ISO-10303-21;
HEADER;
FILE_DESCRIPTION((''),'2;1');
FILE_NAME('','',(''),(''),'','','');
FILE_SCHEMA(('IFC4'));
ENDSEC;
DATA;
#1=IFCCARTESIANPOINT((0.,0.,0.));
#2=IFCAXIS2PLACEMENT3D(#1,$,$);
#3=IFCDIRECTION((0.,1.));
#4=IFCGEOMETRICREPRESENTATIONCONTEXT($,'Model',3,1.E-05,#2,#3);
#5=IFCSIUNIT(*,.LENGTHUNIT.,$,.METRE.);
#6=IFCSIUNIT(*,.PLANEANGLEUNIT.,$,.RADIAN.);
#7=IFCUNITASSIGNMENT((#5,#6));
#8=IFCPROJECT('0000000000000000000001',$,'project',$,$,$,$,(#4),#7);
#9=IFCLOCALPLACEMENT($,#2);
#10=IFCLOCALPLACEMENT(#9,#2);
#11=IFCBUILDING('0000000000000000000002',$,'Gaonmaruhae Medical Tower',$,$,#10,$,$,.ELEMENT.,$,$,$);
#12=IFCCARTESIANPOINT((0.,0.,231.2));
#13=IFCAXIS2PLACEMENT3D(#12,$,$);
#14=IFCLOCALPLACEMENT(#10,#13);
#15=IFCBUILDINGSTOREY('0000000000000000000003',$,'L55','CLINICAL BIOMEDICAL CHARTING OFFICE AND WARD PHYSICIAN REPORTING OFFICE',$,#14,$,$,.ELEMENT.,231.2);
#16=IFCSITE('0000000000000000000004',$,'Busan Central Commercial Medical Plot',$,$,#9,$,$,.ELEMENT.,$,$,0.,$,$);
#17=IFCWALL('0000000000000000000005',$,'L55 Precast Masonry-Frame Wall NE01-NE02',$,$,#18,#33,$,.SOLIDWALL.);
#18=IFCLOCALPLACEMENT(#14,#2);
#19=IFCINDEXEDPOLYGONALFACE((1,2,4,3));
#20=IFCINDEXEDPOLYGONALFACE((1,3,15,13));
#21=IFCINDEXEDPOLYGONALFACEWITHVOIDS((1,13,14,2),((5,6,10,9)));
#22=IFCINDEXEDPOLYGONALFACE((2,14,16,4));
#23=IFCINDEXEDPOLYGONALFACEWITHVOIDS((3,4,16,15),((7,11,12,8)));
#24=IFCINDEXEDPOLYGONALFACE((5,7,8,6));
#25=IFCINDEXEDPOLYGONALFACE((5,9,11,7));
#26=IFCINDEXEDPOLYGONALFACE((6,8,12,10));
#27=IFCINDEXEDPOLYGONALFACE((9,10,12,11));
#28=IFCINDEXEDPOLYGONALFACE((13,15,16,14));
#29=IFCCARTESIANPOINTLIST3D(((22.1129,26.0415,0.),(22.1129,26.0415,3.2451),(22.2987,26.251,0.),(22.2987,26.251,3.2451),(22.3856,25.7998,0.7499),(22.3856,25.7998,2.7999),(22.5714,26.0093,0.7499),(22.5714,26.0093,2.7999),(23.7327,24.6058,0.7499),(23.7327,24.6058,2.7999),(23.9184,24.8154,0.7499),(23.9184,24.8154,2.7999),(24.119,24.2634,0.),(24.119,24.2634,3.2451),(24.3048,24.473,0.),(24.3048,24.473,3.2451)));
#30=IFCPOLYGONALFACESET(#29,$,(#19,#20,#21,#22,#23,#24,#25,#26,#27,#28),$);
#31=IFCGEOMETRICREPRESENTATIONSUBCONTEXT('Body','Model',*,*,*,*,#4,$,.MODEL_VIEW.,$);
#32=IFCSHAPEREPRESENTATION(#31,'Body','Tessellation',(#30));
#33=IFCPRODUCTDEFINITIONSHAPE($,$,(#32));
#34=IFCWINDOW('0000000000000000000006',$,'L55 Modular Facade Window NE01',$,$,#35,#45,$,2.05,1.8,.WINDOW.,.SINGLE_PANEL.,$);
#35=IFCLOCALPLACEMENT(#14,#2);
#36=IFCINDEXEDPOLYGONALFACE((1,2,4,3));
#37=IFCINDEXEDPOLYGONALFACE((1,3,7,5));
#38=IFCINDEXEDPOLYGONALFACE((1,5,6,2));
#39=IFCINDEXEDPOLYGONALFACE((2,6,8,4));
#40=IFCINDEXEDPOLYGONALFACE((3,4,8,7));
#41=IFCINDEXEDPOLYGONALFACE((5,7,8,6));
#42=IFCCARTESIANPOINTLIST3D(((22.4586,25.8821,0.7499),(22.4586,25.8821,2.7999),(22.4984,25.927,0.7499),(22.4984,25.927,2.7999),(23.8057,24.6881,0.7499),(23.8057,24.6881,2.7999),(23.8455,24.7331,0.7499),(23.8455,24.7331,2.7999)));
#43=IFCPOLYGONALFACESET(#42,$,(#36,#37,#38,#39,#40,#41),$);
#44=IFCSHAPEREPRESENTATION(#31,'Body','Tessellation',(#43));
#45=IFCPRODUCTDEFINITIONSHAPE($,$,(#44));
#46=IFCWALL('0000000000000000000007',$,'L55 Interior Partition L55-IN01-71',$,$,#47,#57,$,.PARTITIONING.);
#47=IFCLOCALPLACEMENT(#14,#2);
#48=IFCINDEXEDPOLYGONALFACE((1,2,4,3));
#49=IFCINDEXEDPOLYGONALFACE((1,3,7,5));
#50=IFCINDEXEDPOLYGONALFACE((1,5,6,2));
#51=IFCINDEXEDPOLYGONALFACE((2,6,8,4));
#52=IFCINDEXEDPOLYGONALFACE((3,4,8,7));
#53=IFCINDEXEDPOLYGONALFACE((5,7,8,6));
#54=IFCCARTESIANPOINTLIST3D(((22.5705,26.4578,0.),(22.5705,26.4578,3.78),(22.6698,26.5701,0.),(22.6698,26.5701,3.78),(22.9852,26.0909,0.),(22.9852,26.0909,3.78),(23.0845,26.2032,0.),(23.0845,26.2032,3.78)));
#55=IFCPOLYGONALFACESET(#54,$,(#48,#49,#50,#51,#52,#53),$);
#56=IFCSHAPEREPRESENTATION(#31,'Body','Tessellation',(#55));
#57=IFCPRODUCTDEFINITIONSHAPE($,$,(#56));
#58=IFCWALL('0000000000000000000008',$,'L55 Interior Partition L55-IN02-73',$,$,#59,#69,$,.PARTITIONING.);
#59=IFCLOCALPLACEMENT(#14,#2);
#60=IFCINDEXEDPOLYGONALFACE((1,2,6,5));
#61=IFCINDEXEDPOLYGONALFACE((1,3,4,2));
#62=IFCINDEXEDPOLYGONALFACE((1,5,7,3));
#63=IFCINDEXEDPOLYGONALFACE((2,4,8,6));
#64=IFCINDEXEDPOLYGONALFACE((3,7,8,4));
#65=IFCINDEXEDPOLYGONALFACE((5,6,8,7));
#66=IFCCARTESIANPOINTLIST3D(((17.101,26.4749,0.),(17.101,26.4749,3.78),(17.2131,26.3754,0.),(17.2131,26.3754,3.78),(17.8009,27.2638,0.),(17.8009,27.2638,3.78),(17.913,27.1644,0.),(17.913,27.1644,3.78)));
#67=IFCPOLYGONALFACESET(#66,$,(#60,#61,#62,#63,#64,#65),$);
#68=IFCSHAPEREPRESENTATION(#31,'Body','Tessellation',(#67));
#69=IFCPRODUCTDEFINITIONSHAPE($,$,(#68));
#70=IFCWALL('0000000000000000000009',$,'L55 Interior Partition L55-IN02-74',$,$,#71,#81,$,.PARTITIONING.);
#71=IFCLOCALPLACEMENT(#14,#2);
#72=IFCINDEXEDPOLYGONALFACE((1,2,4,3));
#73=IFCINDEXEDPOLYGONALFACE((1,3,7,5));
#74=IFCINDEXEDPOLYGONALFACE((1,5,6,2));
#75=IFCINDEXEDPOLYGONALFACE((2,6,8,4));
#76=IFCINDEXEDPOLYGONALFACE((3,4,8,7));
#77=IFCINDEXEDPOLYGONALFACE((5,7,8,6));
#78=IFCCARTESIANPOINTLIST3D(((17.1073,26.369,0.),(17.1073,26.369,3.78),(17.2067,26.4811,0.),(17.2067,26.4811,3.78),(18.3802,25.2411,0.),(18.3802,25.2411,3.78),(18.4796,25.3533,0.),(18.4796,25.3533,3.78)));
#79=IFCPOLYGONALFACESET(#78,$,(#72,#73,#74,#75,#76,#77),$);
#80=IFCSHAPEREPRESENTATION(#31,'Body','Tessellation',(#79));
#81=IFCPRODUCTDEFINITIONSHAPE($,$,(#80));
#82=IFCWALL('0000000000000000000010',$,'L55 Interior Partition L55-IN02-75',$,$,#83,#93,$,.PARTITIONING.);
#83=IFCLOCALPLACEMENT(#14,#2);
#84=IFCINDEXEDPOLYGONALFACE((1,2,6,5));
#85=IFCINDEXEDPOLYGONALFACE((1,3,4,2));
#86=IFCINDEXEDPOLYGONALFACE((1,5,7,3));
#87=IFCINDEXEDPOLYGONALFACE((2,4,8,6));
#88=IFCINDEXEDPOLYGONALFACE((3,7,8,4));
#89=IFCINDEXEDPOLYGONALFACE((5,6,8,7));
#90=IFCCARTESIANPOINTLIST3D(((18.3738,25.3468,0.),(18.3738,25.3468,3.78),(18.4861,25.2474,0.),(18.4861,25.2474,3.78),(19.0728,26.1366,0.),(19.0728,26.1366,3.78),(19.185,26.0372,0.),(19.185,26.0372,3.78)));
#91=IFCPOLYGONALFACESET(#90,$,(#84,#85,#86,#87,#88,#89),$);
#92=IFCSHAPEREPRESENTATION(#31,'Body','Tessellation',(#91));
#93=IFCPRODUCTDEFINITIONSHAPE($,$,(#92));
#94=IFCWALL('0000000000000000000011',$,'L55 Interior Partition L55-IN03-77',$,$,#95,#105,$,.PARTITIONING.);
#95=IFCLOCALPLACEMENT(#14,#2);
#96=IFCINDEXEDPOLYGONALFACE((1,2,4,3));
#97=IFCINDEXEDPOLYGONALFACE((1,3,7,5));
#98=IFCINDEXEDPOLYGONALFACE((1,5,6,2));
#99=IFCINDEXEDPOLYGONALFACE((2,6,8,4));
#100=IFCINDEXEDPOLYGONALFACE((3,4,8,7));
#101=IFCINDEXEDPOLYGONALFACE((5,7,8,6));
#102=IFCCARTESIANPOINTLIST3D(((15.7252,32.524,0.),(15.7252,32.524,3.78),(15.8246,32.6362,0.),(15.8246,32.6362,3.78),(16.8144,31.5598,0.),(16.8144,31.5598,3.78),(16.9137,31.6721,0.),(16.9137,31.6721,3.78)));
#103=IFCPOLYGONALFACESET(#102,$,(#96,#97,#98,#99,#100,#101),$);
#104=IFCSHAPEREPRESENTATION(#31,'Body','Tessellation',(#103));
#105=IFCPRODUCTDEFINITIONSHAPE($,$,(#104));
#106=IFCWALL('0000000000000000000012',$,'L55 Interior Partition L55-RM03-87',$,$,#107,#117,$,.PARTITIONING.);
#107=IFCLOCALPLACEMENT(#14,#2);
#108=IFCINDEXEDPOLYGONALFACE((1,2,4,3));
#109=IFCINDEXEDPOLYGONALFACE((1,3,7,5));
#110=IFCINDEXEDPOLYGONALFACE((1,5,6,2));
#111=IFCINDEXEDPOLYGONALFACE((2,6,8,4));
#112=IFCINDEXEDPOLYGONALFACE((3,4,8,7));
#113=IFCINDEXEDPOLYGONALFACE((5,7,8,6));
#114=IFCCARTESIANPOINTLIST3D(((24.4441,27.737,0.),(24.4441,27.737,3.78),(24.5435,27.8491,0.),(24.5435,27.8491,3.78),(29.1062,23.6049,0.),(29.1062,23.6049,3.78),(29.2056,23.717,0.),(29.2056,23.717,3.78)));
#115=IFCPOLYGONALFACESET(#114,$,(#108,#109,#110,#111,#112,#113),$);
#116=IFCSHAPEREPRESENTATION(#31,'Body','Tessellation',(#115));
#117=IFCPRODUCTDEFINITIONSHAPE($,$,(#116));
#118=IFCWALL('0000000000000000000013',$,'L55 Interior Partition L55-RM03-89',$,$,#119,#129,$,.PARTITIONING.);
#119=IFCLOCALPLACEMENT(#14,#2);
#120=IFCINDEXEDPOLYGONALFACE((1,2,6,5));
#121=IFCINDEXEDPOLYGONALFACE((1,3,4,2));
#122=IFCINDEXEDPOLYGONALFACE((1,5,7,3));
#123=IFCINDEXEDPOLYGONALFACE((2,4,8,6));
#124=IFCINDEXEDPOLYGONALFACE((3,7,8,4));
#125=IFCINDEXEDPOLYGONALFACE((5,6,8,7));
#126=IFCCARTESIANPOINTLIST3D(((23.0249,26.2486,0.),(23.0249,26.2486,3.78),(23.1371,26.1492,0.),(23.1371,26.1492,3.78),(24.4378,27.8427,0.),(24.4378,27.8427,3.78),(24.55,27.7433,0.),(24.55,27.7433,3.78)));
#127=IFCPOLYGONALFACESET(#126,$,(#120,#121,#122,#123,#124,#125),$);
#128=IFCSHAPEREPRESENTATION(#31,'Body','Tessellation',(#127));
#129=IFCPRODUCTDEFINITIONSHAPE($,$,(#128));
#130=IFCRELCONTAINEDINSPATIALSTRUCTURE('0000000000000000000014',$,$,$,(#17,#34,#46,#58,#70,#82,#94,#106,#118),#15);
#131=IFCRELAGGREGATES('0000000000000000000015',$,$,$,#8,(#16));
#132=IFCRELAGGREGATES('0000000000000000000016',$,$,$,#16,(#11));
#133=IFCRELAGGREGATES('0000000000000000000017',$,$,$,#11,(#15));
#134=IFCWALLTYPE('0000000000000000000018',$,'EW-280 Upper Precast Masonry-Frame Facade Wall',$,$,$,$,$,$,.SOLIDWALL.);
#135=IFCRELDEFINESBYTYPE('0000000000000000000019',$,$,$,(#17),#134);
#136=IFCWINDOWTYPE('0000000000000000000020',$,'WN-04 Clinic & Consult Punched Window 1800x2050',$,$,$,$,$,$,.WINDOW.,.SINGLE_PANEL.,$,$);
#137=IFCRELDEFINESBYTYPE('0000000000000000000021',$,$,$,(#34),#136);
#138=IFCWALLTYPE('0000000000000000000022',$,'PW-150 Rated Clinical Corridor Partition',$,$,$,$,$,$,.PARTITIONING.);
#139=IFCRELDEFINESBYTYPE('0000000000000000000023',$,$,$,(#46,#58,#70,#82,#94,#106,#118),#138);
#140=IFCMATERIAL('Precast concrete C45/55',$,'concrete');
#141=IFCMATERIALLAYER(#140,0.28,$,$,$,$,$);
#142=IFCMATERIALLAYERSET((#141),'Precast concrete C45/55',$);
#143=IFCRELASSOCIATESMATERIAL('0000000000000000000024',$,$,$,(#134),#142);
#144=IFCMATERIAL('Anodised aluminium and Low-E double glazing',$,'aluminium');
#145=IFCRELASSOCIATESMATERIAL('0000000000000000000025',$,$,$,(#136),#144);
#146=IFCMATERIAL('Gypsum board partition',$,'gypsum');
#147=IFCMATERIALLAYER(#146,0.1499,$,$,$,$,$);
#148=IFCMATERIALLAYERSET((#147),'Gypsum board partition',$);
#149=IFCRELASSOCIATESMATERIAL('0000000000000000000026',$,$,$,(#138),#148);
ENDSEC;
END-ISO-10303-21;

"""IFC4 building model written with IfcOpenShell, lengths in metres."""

from ifc_helpers import new_model, si_unit, direction, frame, frame_2d, origin, place, context, subcontext, project, spatial, rectangle, extrude, material, layer, layer_set, type_object, element, fill, save


model = new_model("IFC4")

# Units and contexts
model_context = context("Model", 3, precision=1e-05, world=origin(), true_north=direction((0.0, 1.0)))
body_context = subcontext(model_context, "Body", "Model", "MODEL_VIEW")
ifc_project = project(units=[si_unit("LENGTHUNIT", "METRE"), si_unit("PLANEANGLEUNIT", "RADIAN")], contexts=[model_context])

# Site, building, storey
site_placement = place(None, origin())
site = spatial("IfcSite", under=ifc_project, at=site_placement, Name="Busan Central Commercial Medical Plot", CompositionType="ELEMENT", RefElevation=0.0)
building_placement = place(site_placement, origin())
building = spatial("IfcBuilding", under=site, at=building_placement, Name="Gaonmaruhae Medical Tower", CompositionType="ELEMENT")
storey_placement = place(building_placement, frame((0.0, 0.0, 231.2)))
storey = spatial("IfcBuildingStorey", under=building, at=storey_placement, Name="L55", Description="CLINICAL BIOMEDICAL CHARTING OFFICE AND WARD PHYSICIAN REPORTING OFFICE", CompositionType="ELEMENT", Elevation=231.2)

# Shared definitions
ifc_material_1 = material(Name="Precast concrete C45/55", Category="concrete")

# Wall, opening, window
ifc_layer_1 = layer(ifc_material_1, 0.28)
ifc_layer_set_1 = layer_set([ifc_layer_1], Name="Precast concrete C45/55")
wall_type_1 = type_object("IfcWallType", Name="EW-280 Upper Precast Masonry-Frame Facade Wall", PredefinedType="SOLIDWALL", material=ifc_layer_set_1)
wall_1_placement = place(storey_placement, frame((22.2058, 26.1462, 0.0), z_axis=(0.0, 0.0, 1.0), x_axis=(0.748358, -0.663295, 0.0)))
wall_1 = element("IfcWall", 1, at=wall_1_placement, inside=storey, type_object=wall_type_1, Name="L55 Precast Masonry-Frame Wall NE01-NE02", PredefinedType="SOLIDWALL", context=body_context, shape_type="SweptSolid", body=[
    extrude(rectangle(XDim=2.6807, YDim=0.28, at=frame_2d((1.3403, 0.0))), origin(), (0.0, 0.0, 1.0), 3.2451),
])
opening_1_placement = place(wall_1_placement, frame((0.3645, 0.0, 0.75)))
opening_1 = element("IfcOpeningElement", 2, at=opening_1_placement, cuts=wall_1, PredefinedType="OPENING", context=body_context, shape_type="SweptSolid", body=[
    extrude(rectangle(XDim=1.8, YDim=2.05, at=frame_2d((0.8999, 1.0249))), frame((0.0, 0.1499, 0.0), z_axis=(0.0, -1.0, 0.0), x_axis=(1.0, 0.0, 0.0)), (0.0, 0.0, 1.0), 0.3),
])
ifc_material_2 = material(Name="Anodised aluminium and Low-E double glazing", Category="aluminium")
window_type = type_object("IfcWindowType", Name="WN-04 Clinic & Consult Punched Window 1800x2050", PartitioningType="SINGLE_PANEL", PredefinedType="WINDOW", material=ifc_material_2)
window_placement = place(opening_1_placement, origin())
window = element("IfcWindow", 3, at=window_placement, inside=storey, type_object=window_type, Name="L55 Modular Facade Window NE01", OverallHeight=2.05, OverallWidth=1.8, PartitioningType="SINGLE_PANEL", PredefinedType="WINDOW", context=body_context, shape_type="SweptSolid", body=[
    extrude(rectangle(XDim=1.8, YDim=2.05, at=frame_2d((0.8999, 1.0249))), frame((0.0, 0.03, 0.0), z_axis=(0.0, -1.0, 0.0), x_axis=(1.0, 0.0, 0.0)), (0.0, 0.0, 1.0), 0.0601),
])
fill(opening_1, window)

# Walls
ifc_material_3 = material(Name="Gypsum board partition", Category="gypsum")
ifc_layer_2 = layer(ifc_material_3, 0.1499)
ifc_layer_set_2 = layer_set([ifc_layer_2], Name="Gypsum board partition")
wall_type_2 = type_object("IfcWallType", Name="PW-150 Rated Clinical Corridor Partition", PredefinedType="PARTITIONING", material=ifc_layer_set_2)
wall_2_placement = place(storey_placement, frame((22.6201, 26.5139, 0.0), z_axis=(0.0, 0.0, 1.0), x_axis=(0.748988, -0.662583, 0.0)))
element("IfcWall", 4, at=wall_2_placement, inside=storey, type_object=wall_type_2, Name="L55 Interior Partition L55-IN01-71", PredefinedType="PARTITIONING", context=body_context, shape_type="SweptSolid", body=[
    extrude(rectangle(XDim=0.5537, YDim=0.1499, at=frame_2d((0.2769, 0.0))), origin(), (0.0, 0.0, 1.0), 3.78),
])
wall_3_placement = place(storey_placement, frame((17.8569, 27.2141, 0.0), z_axis=(0.0, 0.0, 1.0), x_axis=(-0.663602, -0.748086, 0.0)))
element("IfcWall", 5, at=wall_3_placement, inside=storey, type_object=wall_type_2, Name="L55 Interior Partition L55-IN02-73", PredefinedType="PARTITIONING", context=body_context, shape_type="SweptSolid", body=[
    extrude(rectangle(XDim=1.0547, YDim=0.1499, at=frame_2d((0.5273, 0.0))), origin(), (0.0, 0.0, 1.0), 3.78),
])
wall_4_placement = place(storey_placement, frame((17.157, 26.425, 0.0), z_axis=(0.0, 0.0, 1.0), x_axis=(0.748454, -0.663187, 0.0)))
element("IfcWall", 6, at=wall_4_placement, inside=storey, type_object=wall_type_2, Name="L55 Interior Partition L55-IN02-74", PredefinedType="PARTITIONING", context=body_context, shape_type="SweptSolid", body=[
    extrude(rectangle(XDim=1.7007, YDim=0.1499, at=frame_2d((0.8503, 0.0))), origin(), (0.0, 0.0, 1.0), 3.78),
])
wall_5_placement = place(storey_placement, frame((18.4299, 25.2971, 0.0), z_axis=(0.0, 0.0, 1.0), x_axis=(0.662739, 0.748851, 0.0)))
element("IfcWall", 7, at=wall_5_placement, inside=storey, type_object=wall_type_2, Name="L55 Interior Partition L55-IN02-75", PredefinedType="PARTITIONING", context=body_context, shape_type="SweptSolid", body=[
    extrude(rectangle(XDim=1.0547, YDim=0.1499, at=frame_2d((0.5273, 0.0))), origin(), (0.0, 0.0, 1.0), 3.78),
])
wall_6_placement = place(storey_placement, frame((15.7749, 32.5801, 0.0), z_axis=(0.0, 0.0, 1.0), x_axis=(0.748769, -0.662831, 0.0)))
element("IfcWall", 8, at=wall_6_placement, inside=storey, type_object=wall_type_2, Name="L55 Interior Partition L55-IN03-77", PredefinedType="PARTITIONING", context=body_context, shape_type="SweptSolid", body=[
    extrude(rectangle(XDim=1.4546, YDim=0.1499, at=frame_2d((0.7273, 0.0))), origin(), (0.0, 0.0, 1.0), 3.78),
])
wall_7_placement = place(storey_placement, frame((24.4939, 27.793, 0.0), z_axis=(0.0, 0.0, 1.0), x_axis=(0.748366, -0.663286, 0.0)))
element("IfcWall", 9, at=wall_7_placement, inside=storey, type_object=wall_type_2, Name="L55 Interior Partition L55-RM03-87", PredefinedType="PARTITIONING", context=body_context, shape_type="SweptSolid", body=[
    extrude(rectangle(XDim=6.2297, YDim=0.1499, at=frame_2d((3.1147, 0.0))), origin(), (0.0, 0.0, 1.0), 3.78),
])
wall_8_placement = place(storey_placement, frame((23.0811, 26.199, 0.0), z_axis=(0.0, 0.0, 1.0), x_axis=(0.663303, 0.748351, 0.0)))
element("IfcWall", 10, at=wall_8_placement, inside=storey, type_object=wall_type_2, Name="L55 Interior Partition L55-RM03-89", PredefinedType="PARTITIONING", context=body_context, shape_type="SweptSolid", body=[
    extrude(rectangle(XDim=2.1301, YDim=0.1499, at=frame_2d((1.0649, 0.0))), origin(), (0.0, 0.0, 1.0), 3.78),
])

save(model, "model.ifc")
